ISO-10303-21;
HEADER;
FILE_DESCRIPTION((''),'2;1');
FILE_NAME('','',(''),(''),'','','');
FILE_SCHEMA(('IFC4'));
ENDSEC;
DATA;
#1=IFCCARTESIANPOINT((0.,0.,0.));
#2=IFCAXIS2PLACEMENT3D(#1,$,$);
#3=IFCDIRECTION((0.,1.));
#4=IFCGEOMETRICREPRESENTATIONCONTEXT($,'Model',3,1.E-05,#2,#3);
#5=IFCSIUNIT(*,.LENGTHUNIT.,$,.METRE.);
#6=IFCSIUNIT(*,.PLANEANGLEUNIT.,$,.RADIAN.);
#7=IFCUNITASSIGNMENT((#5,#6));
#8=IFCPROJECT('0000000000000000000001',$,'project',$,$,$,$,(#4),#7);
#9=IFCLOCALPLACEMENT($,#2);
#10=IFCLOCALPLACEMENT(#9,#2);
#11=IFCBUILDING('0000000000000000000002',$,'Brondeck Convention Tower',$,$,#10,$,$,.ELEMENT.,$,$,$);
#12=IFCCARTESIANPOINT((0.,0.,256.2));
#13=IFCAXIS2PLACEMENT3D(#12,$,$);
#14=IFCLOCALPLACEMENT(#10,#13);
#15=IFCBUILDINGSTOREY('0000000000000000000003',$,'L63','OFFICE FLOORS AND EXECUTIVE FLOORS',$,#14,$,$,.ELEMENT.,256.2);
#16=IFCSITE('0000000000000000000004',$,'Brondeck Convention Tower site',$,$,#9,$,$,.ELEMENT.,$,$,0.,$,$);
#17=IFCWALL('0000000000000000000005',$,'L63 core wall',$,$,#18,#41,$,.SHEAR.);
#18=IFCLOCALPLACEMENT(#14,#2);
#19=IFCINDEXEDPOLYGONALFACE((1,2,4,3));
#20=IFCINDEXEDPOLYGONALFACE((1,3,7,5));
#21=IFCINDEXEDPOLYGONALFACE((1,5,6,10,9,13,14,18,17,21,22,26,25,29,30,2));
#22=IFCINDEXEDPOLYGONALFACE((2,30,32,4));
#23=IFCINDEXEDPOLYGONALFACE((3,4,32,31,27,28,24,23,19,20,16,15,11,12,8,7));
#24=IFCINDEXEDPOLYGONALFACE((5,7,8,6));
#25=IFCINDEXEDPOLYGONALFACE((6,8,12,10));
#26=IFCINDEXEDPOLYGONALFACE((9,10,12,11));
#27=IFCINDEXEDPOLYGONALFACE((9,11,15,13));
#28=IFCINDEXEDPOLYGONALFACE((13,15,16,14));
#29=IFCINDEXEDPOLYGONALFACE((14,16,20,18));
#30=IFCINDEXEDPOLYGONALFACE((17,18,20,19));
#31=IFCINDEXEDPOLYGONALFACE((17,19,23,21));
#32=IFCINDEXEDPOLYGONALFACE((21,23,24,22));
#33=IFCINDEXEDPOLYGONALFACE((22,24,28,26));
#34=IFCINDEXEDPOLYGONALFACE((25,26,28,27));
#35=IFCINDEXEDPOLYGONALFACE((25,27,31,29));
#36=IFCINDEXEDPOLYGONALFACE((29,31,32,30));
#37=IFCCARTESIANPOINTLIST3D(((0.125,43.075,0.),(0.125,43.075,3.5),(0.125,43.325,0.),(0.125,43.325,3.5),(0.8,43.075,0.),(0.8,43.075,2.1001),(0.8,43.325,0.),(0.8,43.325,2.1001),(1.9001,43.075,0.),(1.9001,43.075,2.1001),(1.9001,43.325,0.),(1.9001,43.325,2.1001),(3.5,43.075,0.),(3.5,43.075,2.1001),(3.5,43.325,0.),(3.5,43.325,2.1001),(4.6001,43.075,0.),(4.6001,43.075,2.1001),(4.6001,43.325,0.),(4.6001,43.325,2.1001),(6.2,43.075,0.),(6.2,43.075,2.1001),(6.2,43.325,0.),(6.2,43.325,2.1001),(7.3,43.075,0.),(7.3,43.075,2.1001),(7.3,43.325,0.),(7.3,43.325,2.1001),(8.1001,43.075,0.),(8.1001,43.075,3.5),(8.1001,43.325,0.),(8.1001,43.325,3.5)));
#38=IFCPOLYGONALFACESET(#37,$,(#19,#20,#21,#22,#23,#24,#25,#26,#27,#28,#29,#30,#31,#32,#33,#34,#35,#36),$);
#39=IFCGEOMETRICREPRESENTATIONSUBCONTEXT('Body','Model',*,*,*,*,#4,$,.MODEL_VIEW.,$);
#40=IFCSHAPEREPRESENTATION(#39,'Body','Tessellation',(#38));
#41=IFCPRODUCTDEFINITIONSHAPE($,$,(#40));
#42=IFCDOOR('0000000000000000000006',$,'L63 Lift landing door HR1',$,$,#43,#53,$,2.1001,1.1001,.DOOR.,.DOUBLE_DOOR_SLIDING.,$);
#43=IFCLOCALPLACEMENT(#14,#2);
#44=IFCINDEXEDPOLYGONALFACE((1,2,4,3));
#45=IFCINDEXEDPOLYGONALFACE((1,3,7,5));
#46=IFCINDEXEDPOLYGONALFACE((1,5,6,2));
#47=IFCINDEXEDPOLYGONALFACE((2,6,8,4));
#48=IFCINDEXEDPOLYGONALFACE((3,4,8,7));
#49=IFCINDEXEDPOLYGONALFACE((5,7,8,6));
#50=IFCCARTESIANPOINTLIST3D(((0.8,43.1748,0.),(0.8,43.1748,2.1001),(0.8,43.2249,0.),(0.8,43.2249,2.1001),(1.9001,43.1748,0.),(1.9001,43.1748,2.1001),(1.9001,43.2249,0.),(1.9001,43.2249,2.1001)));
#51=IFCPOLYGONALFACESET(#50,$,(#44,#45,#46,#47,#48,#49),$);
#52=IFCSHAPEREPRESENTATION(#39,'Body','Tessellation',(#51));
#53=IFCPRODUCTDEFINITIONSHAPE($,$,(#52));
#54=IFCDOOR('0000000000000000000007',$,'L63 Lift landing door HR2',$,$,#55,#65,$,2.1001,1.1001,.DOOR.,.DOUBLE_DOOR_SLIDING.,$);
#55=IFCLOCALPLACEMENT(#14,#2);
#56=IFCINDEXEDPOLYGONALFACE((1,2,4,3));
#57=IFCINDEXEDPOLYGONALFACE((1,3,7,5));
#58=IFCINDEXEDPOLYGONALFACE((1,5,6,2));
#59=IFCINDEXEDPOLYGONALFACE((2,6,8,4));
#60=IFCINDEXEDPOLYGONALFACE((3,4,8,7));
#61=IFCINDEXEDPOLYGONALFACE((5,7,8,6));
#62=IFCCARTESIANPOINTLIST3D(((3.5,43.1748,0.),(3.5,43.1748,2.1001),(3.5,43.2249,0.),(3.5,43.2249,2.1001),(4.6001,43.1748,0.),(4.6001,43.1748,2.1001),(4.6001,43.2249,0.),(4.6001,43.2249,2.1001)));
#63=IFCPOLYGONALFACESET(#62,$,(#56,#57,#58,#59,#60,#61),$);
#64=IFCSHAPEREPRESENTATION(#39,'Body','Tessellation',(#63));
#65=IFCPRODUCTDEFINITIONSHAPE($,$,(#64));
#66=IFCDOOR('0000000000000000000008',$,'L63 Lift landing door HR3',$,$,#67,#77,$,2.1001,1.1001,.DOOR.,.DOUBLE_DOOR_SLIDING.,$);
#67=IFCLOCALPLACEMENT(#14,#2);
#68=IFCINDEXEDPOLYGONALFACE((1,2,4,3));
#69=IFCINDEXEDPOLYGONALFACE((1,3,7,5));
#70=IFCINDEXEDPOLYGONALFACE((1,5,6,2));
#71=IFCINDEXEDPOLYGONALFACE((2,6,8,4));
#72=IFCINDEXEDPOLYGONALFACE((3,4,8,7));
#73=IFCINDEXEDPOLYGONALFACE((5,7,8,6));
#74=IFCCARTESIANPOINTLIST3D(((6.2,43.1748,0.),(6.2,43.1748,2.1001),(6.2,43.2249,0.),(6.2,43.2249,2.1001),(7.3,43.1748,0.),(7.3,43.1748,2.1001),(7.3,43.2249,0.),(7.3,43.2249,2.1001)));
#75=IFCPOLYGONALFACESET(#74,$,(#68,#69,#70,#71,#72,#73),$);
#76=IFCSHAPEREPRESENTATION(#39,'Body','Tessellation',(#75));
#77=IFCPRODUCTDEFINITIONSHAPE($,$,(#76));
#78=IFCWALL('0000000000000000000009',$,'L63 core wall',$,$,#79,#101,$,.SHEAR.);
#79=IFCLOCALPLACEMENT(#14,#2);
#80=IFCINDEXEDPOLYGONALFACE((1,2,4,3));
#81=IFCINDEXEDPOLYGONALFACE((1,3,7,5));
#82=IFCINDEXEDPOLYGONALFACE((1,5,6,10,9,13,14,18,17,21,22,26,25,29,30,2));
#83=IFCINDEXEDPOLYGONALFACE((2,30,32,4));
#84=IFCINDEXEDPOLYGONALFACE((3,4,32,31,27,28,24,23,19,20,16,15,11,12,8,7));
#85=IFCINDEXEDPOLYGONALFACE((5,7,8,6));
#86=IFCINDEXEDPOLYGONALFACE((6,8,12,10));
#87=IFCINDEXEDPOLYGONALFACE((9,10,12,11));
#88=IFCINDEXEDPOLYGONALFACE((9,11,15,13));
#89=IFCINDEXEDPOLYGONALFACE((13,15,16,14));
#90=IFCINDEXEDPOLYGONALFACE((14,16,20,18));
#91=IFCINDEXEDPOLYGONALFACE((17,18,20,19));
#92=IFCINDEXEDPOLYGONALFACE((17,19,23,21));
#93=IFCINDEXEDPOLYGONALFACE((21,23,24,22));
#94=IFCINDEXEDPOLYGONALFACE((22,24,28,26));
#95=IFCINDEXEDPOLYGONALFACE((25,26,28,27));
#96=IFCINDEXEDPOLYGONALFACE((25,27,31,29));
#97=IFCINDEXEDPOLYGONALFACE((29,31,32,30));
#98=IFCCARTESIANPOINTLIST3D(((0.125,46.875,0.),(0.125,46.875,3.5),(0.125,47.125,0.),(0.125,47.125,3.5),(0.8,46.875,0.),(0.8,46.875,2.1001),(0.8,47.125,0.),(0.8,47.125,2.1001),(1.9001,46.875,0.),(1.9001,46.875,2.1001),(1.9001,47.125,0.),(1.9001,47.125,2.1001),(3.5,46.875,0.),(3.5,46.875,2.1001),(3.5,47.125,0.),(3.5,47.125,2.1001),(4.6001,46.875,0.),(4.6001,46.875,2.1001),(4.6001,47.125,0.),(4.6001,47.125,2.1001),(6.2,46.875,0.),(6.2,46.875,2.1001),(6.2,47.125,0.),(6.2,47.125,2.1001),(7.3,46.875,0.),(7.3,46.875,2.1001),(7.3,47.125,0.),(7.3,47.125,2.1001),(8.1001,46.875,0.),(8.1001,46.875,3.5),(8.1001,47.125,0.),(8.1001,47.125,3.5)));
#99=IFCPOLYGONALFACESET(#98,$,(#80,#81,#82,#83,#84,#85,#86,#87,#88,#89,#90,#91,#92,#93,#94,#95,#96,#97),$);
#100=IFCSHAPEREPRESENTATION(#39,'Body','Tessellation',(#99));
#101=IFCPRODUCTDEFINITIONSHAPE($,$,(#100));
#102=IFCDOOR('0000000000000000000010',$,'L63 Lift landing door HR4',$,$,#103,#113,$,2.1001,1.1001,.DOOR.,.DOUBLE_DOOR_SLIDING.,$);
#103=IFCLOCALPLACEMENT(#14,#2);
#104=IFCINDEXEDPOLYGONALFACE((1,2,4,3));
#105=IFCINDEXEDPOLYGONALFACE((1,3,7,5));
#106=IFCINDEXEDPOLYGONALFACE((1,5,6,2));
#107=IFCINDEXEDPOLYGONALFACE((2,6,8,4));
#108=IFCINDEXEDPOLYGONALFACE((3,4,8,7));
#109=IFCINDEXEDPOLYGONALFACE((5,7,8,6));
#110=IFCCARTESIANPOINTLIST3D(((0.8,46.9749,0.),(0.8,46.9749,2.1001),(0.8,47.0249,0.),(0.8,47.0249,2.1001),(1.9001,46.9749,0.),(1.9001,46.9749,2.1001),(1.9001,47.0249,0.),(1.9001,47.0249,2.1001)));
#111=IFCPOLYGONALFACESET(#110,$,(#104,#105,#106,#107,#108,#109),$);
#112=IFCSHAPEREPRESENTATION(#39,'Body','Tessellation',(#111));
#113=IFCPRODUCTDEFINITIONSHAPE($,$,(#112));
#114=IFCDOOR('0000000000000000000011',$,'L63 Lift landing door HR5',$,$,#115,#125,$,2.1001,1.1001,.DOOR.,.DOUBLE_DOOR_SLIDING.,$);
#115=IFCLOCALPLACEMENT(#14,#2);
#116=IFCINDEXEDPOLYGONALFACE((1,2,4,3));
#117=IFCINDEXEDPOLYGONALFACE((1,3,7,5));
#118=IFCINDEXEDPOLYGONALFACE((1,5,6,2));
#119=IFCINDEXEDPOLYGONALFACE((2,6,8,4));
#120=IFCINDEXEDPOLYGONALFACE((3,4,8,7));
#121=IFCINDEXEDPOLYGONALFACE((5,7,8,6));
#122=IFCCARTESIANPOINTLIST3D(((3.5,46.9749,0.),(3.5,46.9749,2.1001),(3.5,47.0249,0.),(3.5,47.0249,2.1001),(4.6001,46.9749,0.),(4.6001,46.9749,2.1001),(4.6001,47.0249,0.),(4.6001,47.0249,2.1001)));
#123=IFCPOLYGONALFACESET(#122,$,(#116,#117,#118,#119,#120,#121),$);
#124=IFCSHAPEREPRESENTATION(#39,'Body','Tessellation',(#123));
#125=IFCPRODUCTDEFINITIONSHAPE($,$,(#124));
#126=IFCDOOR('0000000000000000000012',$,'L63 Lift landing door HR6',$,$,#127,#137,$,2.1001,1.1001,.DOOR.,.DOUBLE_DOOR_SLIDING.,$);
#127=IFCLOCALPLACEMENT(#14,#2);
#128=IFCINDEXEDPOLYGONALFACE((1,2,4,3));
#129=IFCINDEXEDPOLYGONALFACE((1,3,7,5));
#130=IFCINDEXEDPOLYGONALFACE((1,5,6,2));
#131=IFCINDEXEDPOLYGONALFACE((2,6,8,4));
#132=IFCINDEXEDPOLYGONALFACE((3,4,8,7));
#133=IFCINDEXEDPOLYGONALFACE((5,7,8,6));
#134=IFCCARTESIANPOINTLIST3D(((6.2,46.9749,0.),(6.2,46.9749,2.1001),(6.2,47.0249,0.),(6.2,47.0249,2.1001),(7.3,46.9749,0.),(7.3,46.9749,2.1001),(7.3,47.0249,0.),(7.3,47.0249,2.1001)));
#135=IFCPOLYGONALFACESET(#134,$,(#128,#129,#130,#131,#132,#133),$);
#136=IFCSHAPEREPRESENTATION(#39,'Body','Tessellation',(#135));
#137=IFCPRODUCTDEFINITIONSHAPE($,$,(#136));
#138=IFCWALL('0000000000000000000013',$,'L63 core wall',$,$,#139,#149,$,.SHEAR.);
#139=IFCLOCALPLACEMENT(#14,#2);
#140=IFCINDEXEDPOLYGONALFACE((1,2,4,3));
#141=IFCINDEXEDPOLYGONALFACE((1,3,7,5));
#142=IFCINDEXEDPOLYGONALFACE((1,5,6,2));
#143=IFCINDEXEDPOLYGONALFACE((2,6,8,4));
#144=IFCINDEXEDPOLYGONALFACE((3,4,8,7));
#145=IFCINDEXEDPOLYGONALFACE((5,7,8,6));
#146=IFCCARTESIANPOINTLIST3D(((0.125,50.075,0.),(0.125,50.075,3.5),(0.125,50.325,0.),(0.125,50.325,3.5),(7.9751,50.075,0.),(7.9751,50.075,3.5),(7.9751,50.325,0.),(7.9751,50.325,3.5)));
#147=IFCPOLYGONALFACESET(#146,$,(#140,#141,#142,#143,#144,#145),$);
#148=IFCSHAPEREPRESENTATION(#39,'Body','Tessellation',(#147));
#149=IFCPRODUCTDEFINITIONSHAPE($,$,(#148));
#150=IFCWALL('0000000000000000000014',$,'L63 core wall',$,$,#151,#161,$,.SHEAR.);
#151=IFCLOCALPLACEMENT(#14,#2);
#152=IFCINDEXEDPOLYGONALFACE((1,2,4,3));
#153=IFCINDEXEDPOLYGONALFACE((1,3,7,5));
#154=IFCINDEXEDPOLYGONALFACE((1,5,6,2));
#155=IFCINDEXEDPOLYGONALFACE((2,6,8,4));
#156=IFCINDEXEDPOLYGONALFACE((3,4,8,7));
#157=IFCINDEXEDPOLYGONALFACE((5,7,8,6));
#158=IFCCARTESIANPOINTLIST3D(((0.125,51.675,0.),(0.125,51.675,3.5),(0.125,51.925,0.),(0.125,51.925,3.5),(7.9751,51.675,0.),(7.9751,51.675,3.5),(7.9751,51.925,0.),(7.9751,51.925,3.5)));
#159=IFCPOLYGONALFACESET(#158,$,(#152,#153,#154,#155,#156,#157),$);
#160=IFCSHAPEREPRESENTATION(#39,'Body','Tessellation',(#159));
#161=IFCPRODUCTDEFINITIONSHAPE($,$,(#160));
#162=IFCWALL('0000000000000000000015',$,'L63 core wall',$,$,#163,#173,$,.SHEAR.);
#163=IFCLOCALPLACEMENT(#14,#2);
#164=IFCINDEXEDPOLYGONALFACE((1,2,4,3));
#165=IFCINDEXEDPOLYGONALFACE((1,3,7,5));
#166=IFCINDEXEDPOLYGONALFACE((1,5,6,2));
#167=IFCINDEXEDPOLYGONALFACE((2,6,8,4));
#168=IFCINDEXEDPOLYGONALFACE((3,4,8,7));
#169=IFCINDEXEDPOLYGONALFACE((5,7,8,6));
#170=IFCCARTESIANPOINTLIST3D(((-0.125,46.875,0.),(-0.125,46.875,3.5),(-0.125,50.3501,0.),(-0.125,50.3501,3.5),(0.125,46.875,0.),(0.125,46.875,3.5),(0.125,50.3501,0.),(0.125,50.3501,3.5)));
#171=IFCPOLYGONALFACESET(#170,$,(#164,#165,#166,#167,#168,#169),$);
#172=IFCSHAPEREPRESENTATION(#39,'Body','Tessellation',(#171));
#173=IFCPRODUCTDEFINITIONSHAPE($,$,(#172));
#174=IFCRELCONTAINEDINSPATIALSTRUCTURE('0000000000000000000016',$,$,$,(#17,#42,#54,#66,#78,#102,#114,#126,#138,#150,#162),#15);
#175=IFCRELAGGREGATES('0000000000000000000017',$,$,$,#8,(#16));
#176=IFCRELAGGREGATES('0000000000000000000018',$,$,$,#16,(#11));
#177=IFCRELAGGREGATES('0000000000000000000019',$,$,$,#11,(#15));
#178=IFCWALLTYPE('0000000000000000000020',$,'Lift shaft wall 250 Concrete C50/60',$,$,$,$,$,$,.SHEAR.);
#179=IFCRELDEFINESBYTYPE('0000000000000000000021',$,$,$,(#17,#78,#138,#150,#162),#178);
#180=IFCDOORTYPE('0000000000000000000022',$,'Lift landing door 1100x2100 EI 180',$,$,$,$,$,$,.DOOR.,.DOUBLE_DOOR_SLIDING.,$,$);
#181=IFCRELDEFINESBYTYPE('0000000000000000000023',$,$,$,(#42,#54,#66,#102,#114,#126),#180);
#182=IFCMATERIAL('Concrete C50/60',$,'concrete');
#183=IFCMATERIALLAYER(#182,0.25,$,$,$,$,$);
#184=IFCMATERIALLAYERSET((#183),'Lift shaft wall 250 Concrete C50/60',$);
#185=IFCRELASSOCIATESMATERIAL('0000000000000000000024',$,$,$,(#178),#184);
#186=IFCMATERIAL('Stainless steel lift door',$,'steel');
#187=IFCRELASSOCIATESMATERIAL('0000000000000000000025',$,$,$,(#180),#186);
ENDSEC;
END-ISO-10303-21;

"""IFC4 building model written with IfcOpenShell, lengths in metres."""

from ifc_helpers import new_model, si_unit, direction, frame, frame_2d, origin, place, context, subcontext, project, spatial, rectangle, extrude, material, layer, layer_set, type_object, element, fill, save


model = new_model("IFC4")

# Units and contexts
model_context = context("Model", 3, precision=1e-05, world=origin(), true_north=direction((0.0, 1.0)))
body_context = subcontext(model_context, "Body", "Model", "MODEL_VIEW")
ifc_project = project(units=[si_unit("LENGTHUNIT", "METRE"), si_unit("PLANEANGLEUNIT", "RADIAN")], contexts=[model_context])

# Site, building, storey
site_placement = place(None, origin())
site = spatial("IfcSite", under=ifc_project, at=site_placement, Name="Brondeck Convention Tower site", CompositionType="ELEMENT", RefElevation=0.0)
building_placement = place(site_placement, origin())
building = spatial("IfcBuilding", under=site, at=building_placement, Name="Brondeck Convention Tower", CompositionType="ELEMENT")
storey_placement = place(building_placement, frame((0.0, 0.0, 256.2)))
storey = spatial("IfcBuildingStorey", under=building, at=storey_placement, Name="L63", Description="OFFICE FLOORS AND EXECUTIVE FLOORS", CompositionType="ELEMENT", Elevation=256.2)

# Shared definitions
ifc_material_1 = material(Name="Concrete C50/60", Category="concrete")

# Walls, openings, doors
ifc_layer_1 = layer(ifc_material_1, 0.25)
ifc_layer_set_1 = layer_set([ifc_layer_1], Name="Lift shaft wall 250 Concrete C50/60")
wall_type_1 = type_object("IfcWallType", Name="Lift shaft wall 250 Concrete C50/60", PredefinedType="SHEAR", material=ifc_layer_set_1)
wall_1_placement = place(storey_placement, frame((0.125, 43.2, 0.0), z_axis=(0.0, 0.0, 1.0), x_axis=(1.0, 0.0, 0.0)))
wall_1 = element("IfcWall", 1, at=wall_1_placement, inside=storey, type_object=wall_type_1, Name="L63 core wall", PredefinedType="SHEAR", context=body_context, shape_type="SweptSolid", body=[
    extrude(rectangle(XDim=7.9751, YDim=0.25, at=frame_2d((3.9875, 0.0))), origin(), (0.0, 0.0, 1.0), 3.5),
])
opening_1_placement = place(wall_1_placement, frame((0.675, 0.0, 0.0)))
opening_1 = element("IfcOpeningElement", 2, at=opening_1_placement, cuts=wall_1, PredefinedType="OPENING", context=body_context, shape_type="SweptSolid", body=[
    extrude(rectangle(XDim=1.1001, YDim=2.1001, at=frame_2d((0.55, 1.05))), frame((0.0, 0.135, 0.0), z_axis=(0.0, -1.0, 0.0), x_axis=(1.0, 0.0, 0.0)), (0.0, 0.0, 1.0), 0.27),
])
opening_2_placement = place(wall_1_placement, frame((3.375, 0.0, 0.0)))
opening_2 = element("IfcOpeningElement", 3, at=opening_2_placement, cuts=wall_1, PredefinedType="OPENING", context=body_context, shape_type="SweptSolid", body=[
    extrude(rectangle(XDim=1.1001, YDim=2.1001, at=frame_2d((0.55, 1.05))), frame((0.0, 0.135, 0.0), z_axis=(0.0, -1.0, 0.0), x_axis=(1.0, 0.0, 0.0)), (0.0, 0.0, 1.0), 0.27),
])
opening_3_placement = place(wall_1_placement, frame((6.075, 0.0, 0.0)))
opening_3 = element("IfcOpeningElement", 4, at=opening_3_placement, cuts=wall_1, PredefinedType="OPENING", context=body_context, shape_type="SweptSolid", body=[
    extrude(rectangle(XDim=1.1001, YDim=2.1001, at=frame_2d((0.55, 1.05))), frame((0.0, 0.135, 0.0), z_axis=(0.0, -1.0, 0.0), x_axis=(1.0, 0.0, 0.0)), (0.0, 0.0, 1.0), 0.27),
])
ifc_material_2 = material(Name="Stainless steel lift door", Category="steel")
door_type_1 = type_object("IfcDoorType", Name="Lift landing door 1100x2100 EI 180", OperationType="DOUBLE_DOOR_SLIDING", PredefinedType="DOOR", material=ifc_material_2)
door_1_placement = place(opening_1_placement, origin())
door_1 = element("IfcDoor", 5, at=door_1_placement, inside=storey, type_object=door_type_1, Name="L63 Lift landing door HR1", OperationType="DOUBLE_DOOR_SLIDING", OverallHeight=2.1001, OverallWidth=1.1001, PredefinedType="DOOR", context=body_context, shape_type="SweptSolid", body=[
    extrude(rectangle(XDim=1.1001, YDim=2.1001, at=frame_2d((0.55, 1.05))), frame((0.0, 0.0249, 0.0), z_axis=(0.0, -1.0, 0.0), x_axis=(1.0, 0.0, 0.0)), (0.0, 0.0, 1.0), 0.05),
])
fill(opening_1, door_1)
door_2_placement = place(opening_2_placement, origin())
door_2 = element("IfcDoor", 6, at=door_2_placement, inside=storey, type_object=door_type_1, Name="L63 Lift landing door HR2", OperationType="DOUBLE_DOOR_SLIDING", OverallHeight=2.1001, OverallWidth=1.1001, PredefinedType="DOOR", context=body_context, shape_type="SweptSolid", body=[
    extrude(rectangle(XDim=1.1001, YDim=2.1001, at=frame_2d((0.55, 1.05))), frame((0.0, 0.0249, 0.0), z_axis=(0.0, -1.0, 0.0), x_axis=(1.0, 0.0, 0.0)), (0.0, 0.0, 1.0), 0.05),
])
fill(opening_2, door_2)
door_3_placement = place(opening_3_placement, origin())
door_3 = element("IfcDoor", 7, at=door_3_placement, inside=storey, type_object=door_type_1, Name="L63 Lift landing door HR3", OperationType="DOUBLE_DOOR_SLIDING", OverallHeight=2.1001, OverallWidth=1.1001, PredefinedType="DOOR", context=body_context, shape_type="SweptSolid", body=[
    extrude(rectangle(XDim=1.1001, YDim=2.1001, at=frame_2d((0.55, 1.05))), frame((0.0, 0.0249, 0.0), z_axis=(0.0, -1.0, 0.0), x_axis=(1.0, 0.0, 0.0)), (0.0, 0.0, 1.0), 0.05),
])
fill(opening_3, door_3)
wall_2_placement = place(storey_placement, frame((0.125, 47.0, 0.0), z_axis=(0.0, 0.0, 1.0), x_axis=(1.0, 0.0, 0.0)))
wall_2 = element("IfcWall", 8, at=wall_2_placement, inside=storey, type_object=wall_type_1, Name="L63 core wall", PredefinedType="SHEAR", context=body_context, shape_type="SweptSolid", body=[
    extrude(rectangle(XDim=7.9751, YDim=0.25, at=frame_2d((3.9875, 0.0))), origin(), (0.0, 0.0, 1.0), 3.5),
])
opening_4_placement = place(wall_2_placement, frame((0.675, 0.0, 0.0)))
opening_4 = element("IfcOpeningElement", 9, at=opening_4_placement, cuts=wall_2, PredefinedType="OPENING", context=body_context, shape_type="SweptSolid", body=[
    extrude(rectangle(XDim=1.1001, YDim=2.1001, at=frame_2d((0.55, 1.05))), frame((0.0, 0.135, 0.0), z_axis=(0.0, -1.0, 0.0), x_axis=(1.0, 0.0, 0.0)), (0.0, 0.0, 1.0), 0.27),
])
opening_5_placement = place(wall_2_placement, frame((3.375, 0.0, 0.0)))
opening_5 = element("IfcOpeningElement", 10, at=opening_5_placement, cuts=wall_2, PredefinedType="OPENING", context=body_context, shape_type="SweptSolid", body=[
    extrude(rectangle(XDim=1.1001, YDim=2.1001, at=frame_2d((0.55, 1.05))), frame((0.0, 0.135, 0.0), z_axis=(0.0, -1.0, 0.0), x_axis=(1.0, 0.0, 0.0)), (0.0, 0.0, 1.0), 0.27),
])
opening_6_placement = place(wall_2_placement, frame((6.075, 0.0, 0.0)))
opening_6 = element("IfcOpeningElement", 11, at=opening_6_placement, cuts=wall_2, PredefinedType="OPENING", context=body_context, shape_type="SweptSolid", body=[
    extrude(rectangle(XDim=1.1001, YDim=2.1001, at=frame_2d((0.55, 1.05))), frame((0.0, 0.135, 0.0), z_axis=(0.0, -1.0, 0.0), x_axis=(1.0, 0.0, 0.0)), (0.0, 0.0, 1.0), 0.27),
])
door_4_placement = place(opening_4_placement, origin())
door_4 = element("IfcDoor", 12, at=door_4_placement, inside=storey, type_object=door_type_1, Name="L63 Lift landing door HR4", OperationType="DOUBLE_DOOR_SLIDING", OverallHeight=2.1001, OverallWidth=1.1001, PredefinedType="DOOR", context=body_context, shape_type="SweptSolid", body=[
    extrude(rectangle(XDim=1.1001, YDim=2.1001, at=frame_2d((0.55, 1.05))), frame((0.0, 0.0249, 0.0), z_axis=(0.0, -1.0, 0.0), x_axis=(1.0, 0.0, 0.0)), (0.0, 0.0, 1.0), 0.05),
])
fill(opening_4, door_4)
door_5_placement = place(opening_5_placement, origin())
door_5 = element("IfcDoor", 13, at=door_5_placement, inside=storey, type_object=door_type_1, Name="L63 Lift landing door HR5", OperationType="DOUBLE_DOOR_SLIDING", OverallHeight=2.1001, OverallWidth=1.1001, PredefinedType="DOOR", context=body_context, shape_type="SweptSolid", body=[
    extrude(rectangle(XDim=1.1001, YDim=2.1001, at=frame_2d((0.55, 1.05))), frame((0.0, 0.0249, 0.0), z_axis=(0.0, -1.0, 0.0), x_axis=(1.0, 0.0, 0.0)), (0.0, 0.0, 1.0), 0.05),
])
fill(opening_5, door_5)
door_6_placement = place(opening_6_placement, origin())
door_6 = element("IfcDoor", 14, at=door_6_placement, inside=storey, type_object=door_type_1, Name="L63 Lift landing door HR6", OperationType="DOUBLE_DOOR_SLIDING", OverallHeight=2.1001, OverallWidth=1.1001, PredefinedType="DOOR", context=body_context, shape_type="SweptSolid", body=[
    extrude(rectangle(XDim=1.1001, YDim=2.1001, at=frame_2d((0.55, 1.05))), frame((0.0, 0.0249, 0.0), z_axis=(0.0, -1.0, 0.0), x_axis=(1.0, 0.0, 0.0)), (0.0, 0.0, 1.0), 0.05),
])
fill(opening_6, door_6)

# Walls
for number, where, z_axis, x_axis, name in (
    (15, (0.125, 50.2, 0.0), (0.0, 0.0, 1.0), (1.0, 0.0, 0.0), "L63 core wall"),
    (16, (0.125, 51.8, 0.0), (0.0, 0.0, 1.0), (1.0, 0.0, 0.0), "L63 core wall"),
):
    element("IfcWall", number, at=place(storey_placement, frame(where, z_axis=z_axis, x_axis=x_axis)), inside=storey, type_object=wall_type_1, Name=name, PredefinedType="SHEAR", context=body_context, shape_type="SweptSolid", body=[
        extrude(rectangle(XDim=7.8501, YDim=0.25, at=frame_2d((3.925, 0.0))), origin(), (0.0, 0.0, 1.0), 3.5),
    ])
wall_3_placement = place(storey_placement, frame((0.0, 46.875, 0.0), z_axis=(0.0, 0.0, 1.0), x_axis=(0.0, 1.0, 0.0)))
element("IfcWall", 17, at=wall_3_placement, inside=storey, type_object=wall_type_1, Name="L63 core wall", PredefinedType="SHEAR", context=body_context, shape_type="SweptSolid", body=[
    extrude(rectangle(XDim=3.4751, YDim=0.25, at=frame_2d((1.7375, 0.0))), origin(), (0.0, 0.0, 1.0), 3.5),
])

save(model, "model.ifc")
